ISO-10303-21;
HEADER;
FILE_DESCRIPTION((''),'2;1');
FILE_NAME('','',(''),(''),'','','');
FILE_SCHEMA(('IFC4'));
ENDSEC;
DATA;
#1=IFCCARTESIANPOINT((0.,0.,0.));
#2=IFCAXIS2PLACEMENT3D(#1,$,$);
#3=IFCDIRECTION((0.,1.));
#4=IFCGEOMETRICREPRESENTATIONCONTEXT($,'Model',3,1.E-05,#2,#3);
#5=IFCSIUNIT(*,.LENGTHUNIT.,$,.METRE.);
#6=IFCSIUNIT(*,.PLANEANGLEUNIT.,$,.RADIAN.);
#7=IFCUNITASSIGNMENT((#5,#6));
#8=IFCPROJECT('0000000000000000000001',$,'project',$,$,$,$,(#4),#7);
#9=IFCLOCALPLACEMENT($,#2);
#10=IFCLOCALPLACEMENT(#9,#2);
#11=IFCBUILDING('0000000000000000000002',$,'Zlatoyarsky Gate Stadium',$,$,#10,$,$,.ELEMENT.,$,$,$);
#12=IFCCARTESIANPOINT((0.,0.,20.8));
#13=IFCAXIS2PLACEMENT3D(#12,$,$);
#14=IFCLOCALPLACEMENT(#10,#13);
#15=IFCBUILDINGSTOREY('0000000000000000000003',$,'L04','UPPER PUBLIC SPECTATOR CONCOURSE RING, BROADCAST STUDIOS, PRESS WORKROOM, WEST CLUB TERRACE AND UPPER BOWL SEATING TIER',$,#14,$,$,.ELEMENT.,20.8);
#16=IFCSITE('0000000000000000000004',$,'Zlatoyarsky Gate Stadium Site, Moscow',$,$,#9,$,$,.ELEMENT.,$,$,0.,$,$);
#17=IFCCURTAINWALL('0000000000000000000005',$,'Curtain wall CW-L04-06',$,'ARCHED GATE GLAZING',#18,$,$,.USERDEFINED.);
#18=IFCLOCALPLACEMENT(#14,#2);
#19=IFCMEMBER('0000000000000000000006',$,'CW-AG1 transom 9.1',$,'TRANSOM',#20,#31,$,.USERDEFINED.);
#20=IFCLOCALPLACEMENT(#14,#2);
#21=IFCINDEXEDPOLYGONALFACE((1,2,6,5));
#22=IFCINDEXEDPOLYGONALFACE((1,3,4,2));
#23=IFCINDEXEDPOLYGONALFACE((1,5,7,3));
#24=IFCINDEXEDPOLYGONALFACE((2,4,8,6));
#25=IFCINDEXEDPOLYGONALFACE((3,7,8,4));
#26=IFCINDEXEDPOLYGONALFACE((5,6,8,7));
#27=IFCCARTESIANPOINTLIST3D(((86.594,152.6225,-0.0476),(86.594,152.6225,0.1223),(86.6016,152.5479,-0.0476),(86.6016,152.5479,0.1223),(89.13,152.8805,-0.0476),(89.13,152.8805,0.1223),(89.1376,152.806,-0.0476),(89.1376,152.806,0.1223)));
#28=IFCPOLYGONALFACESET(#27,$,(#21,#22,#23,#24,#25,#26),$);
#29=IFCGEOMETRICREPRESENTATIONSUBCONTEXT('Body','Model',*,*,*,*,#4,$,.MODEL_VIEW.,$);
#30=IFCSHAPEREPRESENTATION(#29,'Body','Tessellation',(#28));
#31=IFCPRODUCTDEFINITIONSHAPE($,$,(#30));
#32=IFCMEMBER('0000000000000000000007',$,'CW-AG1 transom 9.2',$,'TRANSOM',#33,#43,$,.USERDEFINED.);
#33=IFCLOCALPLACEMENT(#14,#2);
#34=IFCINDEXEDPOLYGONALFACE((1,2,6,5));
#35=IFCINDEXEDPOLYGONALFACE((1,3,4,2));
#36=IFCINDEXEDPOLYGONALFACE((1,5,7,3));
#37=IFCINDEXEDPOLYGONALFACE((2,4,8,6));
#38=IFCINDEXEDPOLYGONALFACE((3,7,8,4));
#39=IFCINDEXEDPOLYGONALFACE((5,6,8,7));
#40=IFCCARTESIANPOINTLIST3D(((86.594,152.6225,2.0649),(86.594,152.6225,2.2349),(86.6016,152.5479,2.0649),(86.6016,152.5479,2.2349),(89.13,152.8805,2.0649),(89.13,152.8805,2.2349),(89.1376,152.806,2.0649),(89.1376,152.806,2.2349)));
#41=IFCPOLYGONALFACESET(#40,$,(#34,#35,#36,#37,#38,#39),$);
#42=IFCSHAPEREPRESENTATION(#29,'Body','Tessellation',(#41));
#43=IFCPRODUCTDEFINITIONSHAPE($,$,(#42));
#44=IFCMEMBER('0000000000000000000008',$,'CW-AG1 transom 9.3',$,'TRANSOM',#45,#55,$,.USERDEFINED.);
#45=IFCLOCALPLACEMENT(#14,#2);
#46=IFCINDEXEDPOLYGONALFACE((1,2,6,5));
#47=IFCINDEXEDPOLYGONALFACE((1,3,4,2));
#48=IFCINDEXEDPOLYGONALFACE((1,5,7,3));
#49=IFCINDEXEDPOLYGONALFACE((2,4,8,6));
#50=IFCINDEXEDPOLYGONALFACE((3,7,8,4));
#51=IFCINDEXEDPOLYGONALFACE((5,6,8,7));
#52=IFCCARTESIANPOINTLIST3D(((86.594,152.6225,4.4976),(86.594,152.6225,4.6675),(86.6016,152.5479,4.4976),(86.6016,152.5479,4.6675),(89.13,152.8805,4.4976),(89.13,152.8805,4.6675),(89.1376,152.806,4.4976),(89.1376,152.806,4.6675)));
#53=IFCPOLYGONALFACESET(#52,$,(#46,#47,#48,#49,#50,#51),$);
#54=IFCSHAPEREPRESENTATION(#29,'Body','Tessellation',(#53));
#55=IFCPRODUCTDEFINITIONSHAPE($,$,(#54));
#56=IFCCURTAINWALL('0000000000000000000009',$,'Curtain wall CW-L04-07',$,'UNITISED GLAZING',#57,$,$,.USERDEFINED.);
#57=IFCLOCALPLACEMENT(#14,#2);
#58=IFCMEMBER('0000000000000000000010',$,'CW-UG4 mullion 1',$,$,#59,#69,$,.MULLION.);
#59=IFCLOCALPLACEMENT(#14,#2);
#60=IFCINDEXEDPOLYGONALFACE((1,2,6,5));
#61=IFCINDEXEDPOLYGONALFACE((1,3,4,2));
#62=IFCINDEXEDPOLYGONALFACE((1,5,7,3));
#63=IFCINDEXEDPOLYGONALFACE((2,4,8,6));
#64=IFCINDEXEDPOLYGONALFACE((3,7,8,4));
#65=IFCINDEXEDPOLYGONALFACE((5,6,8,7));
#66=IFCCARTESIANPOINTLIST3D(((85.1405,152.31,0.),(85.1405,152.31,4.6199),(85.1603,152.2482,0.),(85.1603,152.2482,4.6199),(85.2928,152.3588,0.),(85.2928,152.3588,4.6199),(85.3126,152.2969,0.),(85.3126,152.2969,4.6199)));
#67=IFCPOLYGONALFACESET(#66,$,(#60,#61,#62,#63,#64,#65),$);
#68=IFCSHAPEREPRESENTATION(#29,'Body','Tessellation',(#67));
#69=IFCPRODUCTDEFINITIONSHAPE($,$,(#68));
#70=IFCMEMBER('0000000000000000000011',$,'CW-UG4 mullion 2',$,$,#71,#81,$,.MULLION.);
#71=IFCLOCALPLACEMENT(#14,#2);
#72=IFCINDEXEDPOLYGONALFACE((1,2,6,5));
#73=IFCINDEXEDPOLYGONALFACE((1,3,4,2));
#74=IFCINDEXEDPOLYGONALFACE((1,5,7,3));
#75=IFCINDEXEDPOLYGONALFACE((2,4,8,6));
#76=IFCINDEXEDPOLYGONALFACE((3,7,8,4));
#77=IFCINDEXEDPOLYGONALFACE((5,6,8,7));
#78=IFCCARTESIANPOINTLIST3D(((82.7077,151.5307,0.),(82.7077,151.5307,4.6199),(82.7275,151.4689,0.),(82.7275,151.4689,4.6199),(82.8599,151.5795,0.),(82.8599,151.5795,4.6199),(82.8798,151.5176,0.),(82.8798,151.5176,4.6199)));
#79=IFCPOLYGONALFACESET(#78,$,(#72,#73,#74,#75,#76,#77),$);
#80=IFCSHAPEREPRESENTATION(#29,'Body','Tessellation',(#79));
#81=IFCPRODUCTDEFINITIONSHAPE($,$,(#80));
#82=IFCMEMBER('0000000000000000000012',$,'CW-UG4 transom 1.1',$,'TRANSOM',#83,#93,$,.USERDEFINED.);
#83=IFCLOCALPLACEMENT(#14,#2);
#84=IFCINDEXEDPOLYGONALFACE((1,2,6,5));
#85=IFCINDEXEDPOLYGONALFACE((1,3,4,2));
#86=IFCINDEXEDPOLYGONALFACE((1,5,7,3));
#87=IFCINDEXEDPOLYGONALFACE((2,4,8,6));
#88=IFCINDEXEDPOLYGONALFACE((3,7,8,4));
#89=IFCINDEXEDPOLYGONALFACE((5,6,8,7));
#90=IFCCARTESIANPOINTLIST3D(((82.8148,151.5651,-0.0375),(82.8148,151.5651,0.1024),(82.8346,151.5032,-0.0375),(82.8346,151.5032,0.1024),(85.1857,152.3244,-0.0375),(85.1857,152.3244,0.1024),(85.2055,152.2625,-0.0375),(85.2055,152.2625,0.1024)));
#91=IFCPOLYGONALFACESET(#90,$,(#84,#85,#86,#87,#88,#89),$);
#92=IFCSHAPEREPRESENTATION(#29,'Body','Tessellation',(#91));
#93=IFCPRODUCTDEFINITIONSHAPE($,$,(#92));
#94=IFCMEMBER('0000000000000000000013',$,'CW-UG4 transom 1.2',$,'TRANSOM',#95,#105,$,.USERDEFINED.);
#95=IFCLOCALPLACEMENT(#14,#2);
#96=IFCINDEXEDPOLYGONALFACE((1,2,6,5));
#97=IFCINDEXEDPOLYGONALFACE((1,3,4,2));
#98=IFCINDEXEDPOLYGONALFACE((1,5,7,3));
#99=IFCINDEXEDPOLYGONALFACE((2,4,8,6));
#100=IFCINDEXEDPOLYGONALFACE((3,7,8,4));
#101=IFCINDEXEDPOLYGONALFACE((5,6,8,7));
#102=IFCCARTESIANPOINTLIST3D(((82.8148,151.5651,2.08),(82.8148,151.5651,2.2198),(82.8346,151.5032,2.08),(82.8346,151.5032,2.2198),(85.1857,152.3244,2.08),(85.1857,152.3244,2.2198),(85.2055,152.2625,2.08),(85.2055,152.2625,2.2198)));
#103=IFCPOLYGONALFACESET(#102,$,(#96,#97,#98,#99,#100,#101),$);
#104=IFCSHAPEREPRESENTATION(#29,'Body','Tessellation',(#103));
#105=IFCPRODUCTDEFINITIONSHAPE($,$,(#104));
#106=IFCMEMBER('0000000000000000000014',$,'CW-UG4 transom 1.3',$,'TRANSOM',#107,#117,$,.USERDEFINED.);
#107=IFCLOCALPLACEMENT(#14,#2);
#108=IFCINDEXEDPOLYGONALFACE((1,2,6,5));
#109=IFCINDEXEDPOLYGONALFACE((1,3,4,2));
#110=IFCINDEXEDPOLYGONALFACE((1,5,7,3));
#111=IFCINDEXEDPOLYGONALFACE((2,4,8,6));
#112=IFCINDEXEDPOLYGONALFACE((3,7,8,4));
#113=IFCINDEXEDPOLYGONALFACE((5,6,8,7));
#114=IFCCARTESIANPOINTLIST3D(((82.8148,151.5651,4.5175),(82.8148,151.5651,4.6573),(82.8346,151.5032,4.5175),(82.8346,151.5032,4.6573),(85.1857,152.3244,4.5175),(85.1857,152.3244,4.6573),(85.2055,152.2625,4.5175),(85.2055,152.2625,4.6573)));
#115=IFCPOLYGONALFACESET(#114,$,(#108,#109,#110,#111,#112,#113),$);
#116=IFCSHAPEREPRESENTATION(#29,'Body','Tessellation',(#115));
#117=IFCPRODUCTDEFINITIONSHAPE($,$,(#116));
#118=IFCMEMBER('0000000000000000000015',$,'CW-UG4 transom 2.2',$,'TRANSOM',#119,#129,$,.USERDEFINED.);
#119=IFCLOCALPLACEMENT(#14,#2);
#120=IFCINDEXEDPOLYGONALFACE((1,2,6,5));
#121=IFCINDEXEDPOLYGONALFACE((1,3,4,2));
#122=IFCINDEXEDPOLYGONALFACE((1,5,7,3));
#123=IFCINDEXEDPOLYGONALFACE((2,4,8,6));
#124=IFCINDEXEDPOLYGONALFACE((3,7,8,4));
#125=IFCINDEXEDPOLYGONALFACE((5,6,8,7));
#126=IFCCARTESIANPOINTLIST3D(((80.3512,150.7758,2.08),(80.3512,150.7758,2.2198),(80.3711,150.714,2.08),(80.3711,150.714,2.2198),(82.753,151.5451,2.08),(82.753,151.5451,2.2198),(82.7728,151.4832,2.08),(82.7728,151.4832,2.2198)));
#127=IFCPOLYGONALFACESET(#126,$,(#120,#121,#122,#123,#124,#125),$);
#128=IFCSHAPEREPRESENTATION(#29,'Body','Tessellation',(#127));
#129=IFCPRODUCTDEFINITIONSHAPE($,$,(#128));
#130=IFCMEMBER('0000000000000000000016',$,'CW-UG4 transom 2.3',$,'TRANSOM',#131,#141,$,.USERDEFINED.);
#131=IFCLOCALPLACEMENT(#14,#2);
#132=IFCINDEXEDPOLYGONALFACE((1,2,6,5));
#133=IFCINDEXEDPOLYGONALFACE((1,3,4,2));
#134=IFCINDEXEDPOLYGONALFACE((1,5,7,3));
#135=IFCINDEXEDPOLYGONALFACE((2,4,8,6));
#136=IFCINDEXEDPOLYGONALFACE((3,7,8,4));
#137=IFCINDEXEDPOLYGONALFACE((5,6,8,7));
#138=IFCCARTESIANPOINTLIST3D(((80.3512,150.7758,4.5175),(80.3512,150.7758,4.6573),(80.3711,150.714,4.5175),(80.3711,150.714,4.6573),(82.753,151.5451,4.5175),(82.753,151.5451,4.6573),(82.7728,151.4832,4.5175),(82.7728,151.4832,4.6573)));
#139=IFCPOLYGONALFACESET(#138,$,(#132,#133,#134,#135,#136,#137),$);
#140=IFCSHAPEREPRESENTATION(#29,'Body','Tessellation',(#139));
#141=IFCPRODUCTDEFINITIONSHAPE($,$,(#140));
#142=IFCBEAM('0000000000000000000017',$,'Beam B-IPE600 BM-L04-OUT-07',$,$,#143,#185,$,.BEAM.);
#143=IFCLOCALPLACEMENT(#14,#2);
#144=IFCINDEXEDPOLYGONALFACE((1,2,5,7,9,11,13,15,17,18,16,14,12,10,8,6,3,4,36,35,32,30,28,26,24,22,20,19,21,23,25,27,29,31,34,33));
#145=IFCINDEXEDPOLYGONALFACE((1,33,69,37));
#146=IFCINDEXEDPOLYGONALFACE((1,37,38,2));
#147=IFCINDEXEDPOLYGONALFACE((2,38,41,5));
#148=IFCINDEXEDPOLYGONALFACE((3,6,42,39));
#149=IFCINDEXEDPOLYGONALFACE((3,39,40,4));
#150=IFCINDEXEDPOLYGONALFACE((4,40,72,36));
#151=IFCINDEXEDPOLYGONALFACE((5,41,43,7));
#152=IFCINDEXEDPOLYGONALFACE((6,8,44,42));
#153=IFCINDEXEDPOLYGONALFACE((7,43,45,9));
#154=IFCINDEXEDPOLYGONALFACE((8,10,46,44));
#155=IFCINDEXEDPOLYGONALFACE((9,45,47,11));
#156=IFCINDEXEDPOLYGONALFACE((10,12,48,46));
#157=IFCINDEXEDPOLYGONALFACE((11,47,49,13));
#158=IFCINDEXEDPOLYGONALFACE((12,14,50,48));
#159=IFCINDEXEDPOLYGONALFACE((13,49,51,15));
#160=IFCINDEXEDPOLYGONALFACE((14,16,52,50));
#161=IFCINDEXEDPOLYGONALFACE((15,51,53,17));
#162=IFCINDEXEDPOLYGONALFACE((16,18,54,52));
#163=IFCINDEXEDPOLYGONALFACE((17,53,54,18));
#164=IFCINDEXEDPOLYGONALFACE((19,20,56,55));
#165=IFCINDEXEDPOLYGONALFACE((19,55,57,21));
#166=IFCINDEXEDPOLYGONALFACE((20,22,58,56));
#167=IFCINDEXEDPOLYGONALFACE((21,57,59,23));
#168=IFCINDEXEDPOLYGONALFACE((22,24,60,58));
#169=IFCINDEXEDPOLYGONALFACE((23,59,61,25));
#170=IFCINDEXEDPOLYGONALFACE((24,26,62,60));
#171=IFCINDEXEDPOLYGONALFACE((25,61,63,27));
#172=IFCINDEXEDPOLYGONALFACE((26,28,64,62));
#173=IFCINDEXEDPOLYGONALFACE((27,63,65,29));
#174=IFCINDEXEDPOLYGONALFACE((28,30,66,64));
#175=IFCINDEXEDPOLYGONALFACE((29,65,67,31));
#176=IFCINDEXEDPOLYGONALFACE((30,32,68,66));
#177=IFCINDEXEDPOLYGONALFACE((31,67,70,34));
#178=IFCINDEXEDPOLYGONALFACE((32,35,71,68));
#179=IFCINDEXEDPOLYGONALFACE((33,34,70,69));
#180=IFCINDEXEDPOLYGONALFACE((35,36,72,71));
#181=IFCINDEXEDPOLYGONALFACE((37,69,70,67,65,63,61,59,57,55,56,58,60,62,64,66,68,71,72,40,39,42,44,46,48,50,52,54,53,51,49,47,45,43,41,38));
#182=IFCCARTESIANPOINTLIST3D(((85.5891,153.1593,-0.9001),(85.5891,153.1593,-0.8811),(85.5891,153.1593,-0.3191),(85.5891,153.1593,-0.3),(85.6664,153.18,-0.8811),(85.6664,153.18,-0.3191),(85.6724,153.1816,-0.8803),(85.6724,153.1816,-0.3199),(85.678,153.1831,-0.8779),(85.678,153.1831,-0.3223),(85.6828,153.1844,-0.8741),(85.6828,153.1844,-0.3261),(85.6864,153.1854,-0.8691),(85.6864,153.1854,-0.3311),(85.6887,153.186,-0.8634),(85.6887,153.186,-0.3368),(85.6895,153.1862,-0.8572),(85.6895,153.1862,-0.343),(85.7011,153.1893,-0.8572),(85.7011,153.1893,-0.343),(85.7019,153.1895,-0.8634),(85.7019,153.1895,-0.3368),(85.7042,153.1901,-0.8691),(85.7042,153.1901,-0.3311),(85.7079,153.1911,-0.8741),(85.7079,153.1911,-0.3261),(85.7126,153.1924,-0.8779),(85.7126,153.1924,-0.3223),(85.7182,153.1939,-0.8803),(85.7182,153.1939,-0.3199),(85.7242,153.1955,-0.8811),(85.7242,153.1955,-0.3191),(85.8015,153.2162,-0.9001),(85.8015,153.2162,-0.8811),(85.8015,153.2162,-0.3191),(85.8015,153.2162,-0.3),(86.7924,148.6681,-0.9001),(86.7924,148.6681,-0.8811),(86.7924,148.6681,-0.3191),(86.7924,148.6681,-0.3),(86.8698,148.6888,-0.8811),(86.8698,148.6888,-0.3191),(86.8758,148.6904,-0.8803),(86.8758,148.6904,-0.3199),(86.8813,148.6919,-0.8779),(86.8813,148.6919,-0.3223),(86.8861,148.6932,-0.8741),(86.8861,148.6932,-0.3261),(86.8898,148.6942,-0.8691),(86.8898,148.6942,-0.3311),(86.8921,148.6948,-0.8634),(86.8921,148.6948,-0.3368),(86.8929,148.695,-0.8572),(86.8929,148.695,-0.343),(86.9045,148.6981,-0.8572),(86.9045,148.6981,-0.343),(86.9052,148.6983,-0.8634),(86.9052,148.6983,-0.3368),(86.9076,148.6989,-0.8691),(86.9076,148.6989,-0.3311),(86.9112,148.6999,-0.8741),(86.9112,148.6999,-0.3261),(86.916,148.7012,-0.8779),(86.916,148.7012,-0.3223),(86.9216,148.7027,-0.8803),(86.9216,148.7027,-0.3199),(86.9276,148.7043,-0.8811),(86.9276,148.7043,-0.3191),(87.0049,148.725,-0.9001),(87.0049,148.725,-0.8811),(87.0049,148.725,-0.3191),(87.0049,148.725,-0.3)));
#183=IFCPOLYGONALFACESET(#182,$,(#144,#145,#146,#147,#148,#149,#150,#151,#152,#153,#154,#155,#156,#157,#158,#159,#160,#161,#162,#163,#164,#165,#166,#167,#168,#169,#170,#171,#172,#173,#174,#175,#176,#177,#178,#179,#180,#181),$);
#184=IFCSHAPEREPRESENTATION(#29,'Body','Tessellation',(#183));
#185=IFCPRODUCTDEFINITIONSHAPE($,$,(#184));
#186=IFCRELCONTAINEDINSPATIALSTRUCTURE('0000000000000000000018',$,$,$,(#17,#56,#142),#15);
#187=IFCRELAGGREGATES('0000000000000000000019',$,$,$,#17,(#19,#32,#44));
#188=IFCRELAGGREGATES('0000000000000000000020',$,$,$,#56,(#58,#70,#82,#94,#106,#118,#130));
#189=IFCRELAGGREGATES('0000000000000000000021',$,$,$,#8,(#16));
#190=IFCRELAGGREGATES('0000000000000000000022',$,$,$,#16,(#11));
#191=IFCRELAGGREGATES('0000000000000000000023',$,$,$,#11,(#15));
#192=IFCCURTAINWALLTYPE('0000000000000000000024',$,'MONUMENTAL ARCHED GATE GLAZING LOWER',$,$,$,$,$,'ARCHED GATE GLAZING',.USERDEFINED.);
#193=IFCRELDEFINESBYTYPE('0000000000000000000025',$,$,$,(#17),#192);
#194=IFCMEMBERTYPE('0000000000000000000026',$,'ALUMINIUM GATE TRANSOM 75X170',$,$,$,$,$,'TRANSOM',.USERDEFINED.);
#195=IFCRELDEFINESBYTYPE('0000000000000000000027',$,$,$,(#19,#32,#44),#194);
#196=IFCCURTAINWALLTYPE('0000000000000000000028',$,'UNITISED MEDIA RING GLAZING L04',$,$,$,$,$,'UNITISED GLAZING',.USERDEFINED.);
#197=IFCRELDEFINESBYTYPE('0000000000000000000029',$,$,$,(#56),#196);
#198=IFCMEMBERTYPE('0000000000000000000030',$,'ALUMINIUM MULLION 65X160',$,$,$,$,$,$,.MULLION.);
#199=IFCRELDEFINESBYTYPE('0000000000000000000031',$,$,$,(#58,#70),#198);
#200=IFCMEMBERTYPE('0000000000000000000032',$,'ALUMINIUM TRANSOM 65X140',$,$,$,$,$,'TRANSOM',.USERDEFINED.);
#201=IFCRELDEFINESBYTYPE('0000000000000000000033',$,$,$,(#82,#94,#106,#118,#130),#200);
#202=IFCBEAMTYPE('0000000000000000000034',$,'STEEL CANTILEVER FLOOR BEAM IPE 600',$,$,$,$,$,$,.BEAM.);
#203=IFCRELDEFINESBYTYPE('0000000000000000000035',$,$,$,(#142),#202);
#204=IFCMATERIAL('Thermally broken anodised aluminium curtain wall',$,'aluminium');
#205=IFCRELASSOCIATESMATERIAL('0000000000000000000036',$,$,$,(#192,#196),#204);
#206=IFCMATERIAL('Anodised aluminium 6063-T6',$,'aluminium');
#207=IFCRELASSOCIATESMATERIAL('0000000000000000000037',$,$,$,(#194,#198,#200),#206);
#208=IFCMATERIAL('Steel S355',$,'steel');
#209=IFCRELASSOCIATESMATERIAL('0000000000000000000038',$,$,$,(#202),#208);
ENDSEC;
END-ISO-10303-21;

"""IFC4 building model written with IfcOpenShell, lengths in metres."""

from ifc_helpers import new_model, si_unit, direction, frame, origin, origin_2d, place, context, subcontext, project, spatial, rectangle, i_section, extrude, material, material_profile, profile_set, type_object, element, aggregate, save


model = new_model("IFC4")

# Units and contexts
model_context = context("Model", 3, precision=1e-05, world=origin(), true_north=direction((0.0, 1.0)))
body_context = subcontext(model_context, "Body", "Model", "MODEL_VIEW")
ifc_project = project(units=[si_unit("LENGTHUNIT", "METRE"), si_unit("PLANEANGLEUNIT", "RADIAN")], contexts=[model_context])

# Site, building, storey
site_placement = place(None, origin())
site = spatial("IfcSite", under=ifc_project, at=site_placement, Name="Zlatoyarsky Gate Stadium Site, Moscow", CompositionType="ELEMENT", RefElevation=0.0)
building_placement = place(site_placement, origin())
building = spatial("IfcBuilding", under=site, at=building_placement, Name="Zlatoyarsky Gate Stadium", CompositionType="ELEMENT")
storey_placement = place(building_placement, frame((0.0, 0.0, 20.8)))
storey = spatial("IfcBuildingStorey", under=building, at=storey_placement, Name="L04", Description="UPPER PUBLIC SPECTATOR CONCOURSE RING, BROADCAST STUDIOS, PRESS WORKROOM, WEST CLUB TERRACE AND UPPER BOWL SEATING TIER", CompositionType="ELEMENT", Elevation=20.8)

# Shared definitions
ifc_material_1 = material(Name="Steel S355", Category="steel")

# Curtain walls, members
ifc_material_2 = material(Name="Thermally broken anodised aluminium curtain wall", Category="aluminium")
curtain_wall_type_1 = type_object("IfcCurtainWallType", Name="MONUMENTAL ARCHED GATE GLAZING LOWER", ElementType="ARCHED GATE GLAZING", PredefinedType="USERDEFINED", material=ifc_material_2)
curtain_wall_1_placement = place(storey_placement, origin())
curtain_wall_1 = element("IfcCurtainWall", 1, at=curtain_wall_1_placement, inside=storey, type_object=curtain_wall_type_1, Name="Curtain wall CW-L04-06", ObjectType="ARCHED GATE GLAZING", PredefinedType="USERDEFINED")
ifc_material_3 = material(Name="Anodised aluminium 6063-T6", Category="aluminium")
ifc_material_profile_1 = material_profile(ifc_material_3, rectangle(XDim=0.075, YDim=0.1699, at=origin_2d()), Name="ALU 75X170")
ifc_profile_set_1 = profile_set([ifc_material_profile_1], Name="Anodised aluminium 6063-T6")
member_type_1 = type_object("IfcMemberType", Name="ALUMINIUM GATE TRANSOM 75X170", ElementType="TRANSOM", PredefinedType="USERDEFINED", material=ifc_profile_set_1)
member_1_placement = place(storey_placement, frame((89.1338, 152.8433, 0.0374), z_axis=(-0.994862, -0.101239, 0.0), x_axis=(0.101239, -0.994862, 0.0)))
member_1 = element("IfcMember", 2, at=member_1_placement, type_object=member_type_1, Name="CW-AG1 transom 9.1", ObjectType="TRANSOM", PredefinedType="USERDEFINED", context=body_context, shape_type="SweptSolid", body=[
    extrude(rectangle(XDim=0.075, YDim=0.1699, at=origin_2d()), origin(), (0.0, 0.0, 1.0), 2.5491),
])
member_2_placement = place(storey_placement, frame((89.1338, 152.8433, 2.1499), z_axis=(-0.994862, -0.101239, 0.0), x_axis=(0.101239, -0.994862, 0.0)))
member_2 = element("IfcMember", 3, at=member_2_placement, type_object=member_type_1, Name="CW-AG1 transom 9.2", ObjectType="TRANSOM", PredefinedType="USERDEFINED", context=body_context, shape_type="SweptSolid", body=[
    extrude(rectangle(XDim=0.075, YDim=0.1699, at=origin_2d()), origin(), (0.0, 0.0, 1.0), 2.5491),
])
member_3_placement = place(storey_placement, frame((89.1338, 152.8433, 4.5825), z_axis=(-0.994862, -0.101239, 0.0), x_axis=(0.101239, -0.994862, 0.0)))
member_3 = element("IfcMember", 4, at=member_3_placement, type_object=member_type_1, Name="CW-AG1 transom 9.3", ObjectType="TRANSOM", PredefinedType="USERDEFINED", context=body_context, shape_type="SweptSolid", body=[
    extrude(rectangle(XDim=0.075, YDim=0.1699, at=origin_2d()), origin(), (0.0, 0.0, 1.0), 2.5491),
])
curtain_wall_type_2 = type_object("IfcCurtainWallType", Name="UNITISED MEDIA RING GLAZING L04", ElementType="UNITISED GLAZING", PredefinedType="USERDEFINED", material=ifc_material_2)
curtain_wall_2_placement = place(storey_placement, origin())
curtain_wall_2 = element("IfcCurtainWall", 5, at=curtain_wall_2_placement, inside=storey, type_object=curtain_wall_type_2, Name="Curtain wall CW-L04-07", ObjectType="UNITISED GLAZING", PredefinedType="USERDEFINED")
ifc_material_profile_2 = material_profile(ifc_material_3, rectangle(XDim=0.0649, YDim=0.1599, at=origin_2d()), Name="ALU 65X160")
ifc_profile_set_2 = profile_set([ifc_material_profile_2], Name="Anodised aluminium 6063-T6")
member_type_2 = type_object("IfcMemberType", Name="ALUMINIUM MULLION 65X160", PredefinedType="MULLION", material=ifc_profile_set_2)
member_4_placement = place(storey_placement, frame((85.2266, 152.3035, 0.0), z_axis=(0.0, 0.0, 1.0), x_axis=(0.305066, -0.952331, 0.0)))
member_4 = element("IfcMember", 6, at=member_4_placement, type_object=member_type_2, Name="CW-UG4 mullion 1", PredefinedType="MULLION", context=body_context, shape_type="SweptSolid", body=[
    extrude(rectangle(XDim=0.0649, YDim=0.1599, at=origin_2d()), origin(), (0.0, 0.0, 1.0), 4.6199),
])
member_5_placement = place(storey_placement, frame((82.7937, 151.5242, 0.0), z_axis=(0.0, 0.0, 1.0), x_axis=(0.305066, -0.952331, 0.0)))
member_5 = element("IfcMember", 7, at=member_5_placement, type_object=member_type_2, Name="CW-UG4 mullion 2", PredefinedType="MULLION", context=body_context, shape_type="SweptSolid", body=[
    extrude(rectangle(XDim=0.0649, YDim=0.1599, at=origin_2d()), origin(), (0.0, 0.0, 1.0), 4.6199),
])
ifc_material_profile_3 = material_profile(ifc_material_3, rectangle(XDim=0.0649, YDim=0.1399, at=origin_2d()), Name="ALU 65X140")
ifc_profile_set_3 = profile_set([ifc_material_profile_3], Name="Anodised aluminium 6063-T6")
member_type_3 = type_object("IfcMemberType", Name="ALUMINIUM TRANSOM 65X140", ElementType="TRANSOM", PredefinedType="USERDEFINED", material=ifc_profile_set_3)
member_6_placement = place(storey_placement, frame((85.1956, 152.2935, 0.0325), z_axis=(-0.952354, -0.304996, 0.0), x_axis=(0.304996, -0.952354, 0.0)))
member_6 = element("IfcMember", 8, at=member_6_placement, type_object=member_type_3, Name="CW-UG4 transom 1.1", ObjectType="TRANSOM", PredefinedType="USERDEFINED", context=body_context, shape_type="SweptSolid", body=[
    extrude(rectangle(XDim=0.0649, YDim=0.1399, at=origin_2d()), origin(), (0.0, 0.0, 1.0), 2.4895),
])
member_7_placement = place(storey_placement, frame((85.1956, 152.2935, 2.1499), z_axis=(-0.952354, -0.304996, 0.0), x_axis=(0.304996, -0.952354, 0.0)))
member_7 = element("IfcMember", 9, at=member_7_placement, type_object=member_type_3, Name="CW-UG4 transom 1.2", ObjectType="TRANSOM", PredefinedType="USERDEFINED", context=body_context, shape_type="SweptSolid", body=[
    extrude(rectangle(XDim=0.0649, YDim=0.1399, at=origin_2d()), origin(), (0.0, 0.0, 1.0), 2.4895),
])
member_8_placement = place(storey_placement, frame((85.1956, 152.2935, 4.5874), z_axis=(-0.952354, -0.304996, 0.0), x_axis=(0.304996, -0.952354, 0.0)))
member_8 = element("IfcMember", 10, at=member_8_placement, type_object=member_type_3, Name="CW-UG4 transom 1.3", ObjectType="TRANSOM", PredefinedType="USERDEFINED", context=body_context, shape_type="SweptSolid", body=[
    extrude(rectangle(XDim=0.0649, YDim=0.1399, at=origin_2d()), origin(), (0.0, 0.0, 1.0), 2.4895),
])
member_9_placement = place(storey_placement, frame((82.7629, 151.5142, 2.1499), z_axis=(-0.952344, -0.305025, 0.0), x_axis=(0.305025, -0.952344, 0.0)))
member_9 = element("IfcMember", 11, at=member_9_placement, type_object=member_type_3, Name="CW-UG4 transom 2.2", ObjectType="TRANSOM", PredefinedType="USERDEFINED", context=body_context, shape_type="SweptSolid", body=[
    extrude(rectangle(XDim=0.0649, YDim=0.1399, at=origin_2d()), origin(), (0.0, 0.0, 1.0), 2.522),
])
member_10_placement = place(storey_placement, frame((82.7629, 151.5142, 4.5874), z_axis=(-0.952344, -0.305025, 0.0), x_axis=(0.305025, -0.952344, 0.0)))
member_10 = element("IfcMember", 12, at=member_10_placement, type_object=member_type_3, Name="CW-UG4 transom 2.3", ObjectType="TRANSOM", PredefinedType="USERDEFINED", context=body_context, shape_type="SweptSolid", body=[
    extrude(rectangle(XDim=0.0649, YDim=0.1399, at=origin_2d()), origin(), (0.0, 0.0, 1.0), 2.522),
])

# Beam
ifc_material_profile_4 = material_profile(ifc_material_1, i_section(OverallWidth=0.22, OverallDepth=0.6001, WebThickness=0.012, FlangeThickness=0.019, FilletRadius=0.0239, at=origin_2d()), Name="IPE 600")
ifc_profile_set_4 = profile_set([ifc_material_profile_4], Name="Steel S355")
beam_type_1 = type_object("IfcBeamType", Name="STEEL CANTILEVER FLOOR BEAM IPE 600", PredefinedType="BEAM", material=ifc_profile_set_4)
beam_1_placement = place(storey_placement, frame((86.8987, 148.6965, -0.6001), z_axis=(-0.25881, 0.965928, 0.0), x_axis=(-0.965928, -0.25881, 0.0)))
element("IfcBeam", 13, at=beam_1_placement, inside=storey, type_object=beam_type_1, Name="Beam B-IPE600 BM-L04-OUT-07", PredefinedType="BEAM", context=body_context, shape_type="SweptSolid", body=[
    extrude(i_section(OverallWidth=0.22, OverallDepth=0.6001, WebThickness=0.012, FlangeThickness=0.019, FilletRadius=0.0239, at=origin_2d()), origin(), (0.0, 0.0, 1.0), 4.6497),
])

aggregate(curtain_wall_1, [member_1, member_2, member_3])

aggregate(curtain_wall_2, [member_4, member_5, member_6, member_7, member_8, member_9, member_10])

save(model, "model.ifc")
